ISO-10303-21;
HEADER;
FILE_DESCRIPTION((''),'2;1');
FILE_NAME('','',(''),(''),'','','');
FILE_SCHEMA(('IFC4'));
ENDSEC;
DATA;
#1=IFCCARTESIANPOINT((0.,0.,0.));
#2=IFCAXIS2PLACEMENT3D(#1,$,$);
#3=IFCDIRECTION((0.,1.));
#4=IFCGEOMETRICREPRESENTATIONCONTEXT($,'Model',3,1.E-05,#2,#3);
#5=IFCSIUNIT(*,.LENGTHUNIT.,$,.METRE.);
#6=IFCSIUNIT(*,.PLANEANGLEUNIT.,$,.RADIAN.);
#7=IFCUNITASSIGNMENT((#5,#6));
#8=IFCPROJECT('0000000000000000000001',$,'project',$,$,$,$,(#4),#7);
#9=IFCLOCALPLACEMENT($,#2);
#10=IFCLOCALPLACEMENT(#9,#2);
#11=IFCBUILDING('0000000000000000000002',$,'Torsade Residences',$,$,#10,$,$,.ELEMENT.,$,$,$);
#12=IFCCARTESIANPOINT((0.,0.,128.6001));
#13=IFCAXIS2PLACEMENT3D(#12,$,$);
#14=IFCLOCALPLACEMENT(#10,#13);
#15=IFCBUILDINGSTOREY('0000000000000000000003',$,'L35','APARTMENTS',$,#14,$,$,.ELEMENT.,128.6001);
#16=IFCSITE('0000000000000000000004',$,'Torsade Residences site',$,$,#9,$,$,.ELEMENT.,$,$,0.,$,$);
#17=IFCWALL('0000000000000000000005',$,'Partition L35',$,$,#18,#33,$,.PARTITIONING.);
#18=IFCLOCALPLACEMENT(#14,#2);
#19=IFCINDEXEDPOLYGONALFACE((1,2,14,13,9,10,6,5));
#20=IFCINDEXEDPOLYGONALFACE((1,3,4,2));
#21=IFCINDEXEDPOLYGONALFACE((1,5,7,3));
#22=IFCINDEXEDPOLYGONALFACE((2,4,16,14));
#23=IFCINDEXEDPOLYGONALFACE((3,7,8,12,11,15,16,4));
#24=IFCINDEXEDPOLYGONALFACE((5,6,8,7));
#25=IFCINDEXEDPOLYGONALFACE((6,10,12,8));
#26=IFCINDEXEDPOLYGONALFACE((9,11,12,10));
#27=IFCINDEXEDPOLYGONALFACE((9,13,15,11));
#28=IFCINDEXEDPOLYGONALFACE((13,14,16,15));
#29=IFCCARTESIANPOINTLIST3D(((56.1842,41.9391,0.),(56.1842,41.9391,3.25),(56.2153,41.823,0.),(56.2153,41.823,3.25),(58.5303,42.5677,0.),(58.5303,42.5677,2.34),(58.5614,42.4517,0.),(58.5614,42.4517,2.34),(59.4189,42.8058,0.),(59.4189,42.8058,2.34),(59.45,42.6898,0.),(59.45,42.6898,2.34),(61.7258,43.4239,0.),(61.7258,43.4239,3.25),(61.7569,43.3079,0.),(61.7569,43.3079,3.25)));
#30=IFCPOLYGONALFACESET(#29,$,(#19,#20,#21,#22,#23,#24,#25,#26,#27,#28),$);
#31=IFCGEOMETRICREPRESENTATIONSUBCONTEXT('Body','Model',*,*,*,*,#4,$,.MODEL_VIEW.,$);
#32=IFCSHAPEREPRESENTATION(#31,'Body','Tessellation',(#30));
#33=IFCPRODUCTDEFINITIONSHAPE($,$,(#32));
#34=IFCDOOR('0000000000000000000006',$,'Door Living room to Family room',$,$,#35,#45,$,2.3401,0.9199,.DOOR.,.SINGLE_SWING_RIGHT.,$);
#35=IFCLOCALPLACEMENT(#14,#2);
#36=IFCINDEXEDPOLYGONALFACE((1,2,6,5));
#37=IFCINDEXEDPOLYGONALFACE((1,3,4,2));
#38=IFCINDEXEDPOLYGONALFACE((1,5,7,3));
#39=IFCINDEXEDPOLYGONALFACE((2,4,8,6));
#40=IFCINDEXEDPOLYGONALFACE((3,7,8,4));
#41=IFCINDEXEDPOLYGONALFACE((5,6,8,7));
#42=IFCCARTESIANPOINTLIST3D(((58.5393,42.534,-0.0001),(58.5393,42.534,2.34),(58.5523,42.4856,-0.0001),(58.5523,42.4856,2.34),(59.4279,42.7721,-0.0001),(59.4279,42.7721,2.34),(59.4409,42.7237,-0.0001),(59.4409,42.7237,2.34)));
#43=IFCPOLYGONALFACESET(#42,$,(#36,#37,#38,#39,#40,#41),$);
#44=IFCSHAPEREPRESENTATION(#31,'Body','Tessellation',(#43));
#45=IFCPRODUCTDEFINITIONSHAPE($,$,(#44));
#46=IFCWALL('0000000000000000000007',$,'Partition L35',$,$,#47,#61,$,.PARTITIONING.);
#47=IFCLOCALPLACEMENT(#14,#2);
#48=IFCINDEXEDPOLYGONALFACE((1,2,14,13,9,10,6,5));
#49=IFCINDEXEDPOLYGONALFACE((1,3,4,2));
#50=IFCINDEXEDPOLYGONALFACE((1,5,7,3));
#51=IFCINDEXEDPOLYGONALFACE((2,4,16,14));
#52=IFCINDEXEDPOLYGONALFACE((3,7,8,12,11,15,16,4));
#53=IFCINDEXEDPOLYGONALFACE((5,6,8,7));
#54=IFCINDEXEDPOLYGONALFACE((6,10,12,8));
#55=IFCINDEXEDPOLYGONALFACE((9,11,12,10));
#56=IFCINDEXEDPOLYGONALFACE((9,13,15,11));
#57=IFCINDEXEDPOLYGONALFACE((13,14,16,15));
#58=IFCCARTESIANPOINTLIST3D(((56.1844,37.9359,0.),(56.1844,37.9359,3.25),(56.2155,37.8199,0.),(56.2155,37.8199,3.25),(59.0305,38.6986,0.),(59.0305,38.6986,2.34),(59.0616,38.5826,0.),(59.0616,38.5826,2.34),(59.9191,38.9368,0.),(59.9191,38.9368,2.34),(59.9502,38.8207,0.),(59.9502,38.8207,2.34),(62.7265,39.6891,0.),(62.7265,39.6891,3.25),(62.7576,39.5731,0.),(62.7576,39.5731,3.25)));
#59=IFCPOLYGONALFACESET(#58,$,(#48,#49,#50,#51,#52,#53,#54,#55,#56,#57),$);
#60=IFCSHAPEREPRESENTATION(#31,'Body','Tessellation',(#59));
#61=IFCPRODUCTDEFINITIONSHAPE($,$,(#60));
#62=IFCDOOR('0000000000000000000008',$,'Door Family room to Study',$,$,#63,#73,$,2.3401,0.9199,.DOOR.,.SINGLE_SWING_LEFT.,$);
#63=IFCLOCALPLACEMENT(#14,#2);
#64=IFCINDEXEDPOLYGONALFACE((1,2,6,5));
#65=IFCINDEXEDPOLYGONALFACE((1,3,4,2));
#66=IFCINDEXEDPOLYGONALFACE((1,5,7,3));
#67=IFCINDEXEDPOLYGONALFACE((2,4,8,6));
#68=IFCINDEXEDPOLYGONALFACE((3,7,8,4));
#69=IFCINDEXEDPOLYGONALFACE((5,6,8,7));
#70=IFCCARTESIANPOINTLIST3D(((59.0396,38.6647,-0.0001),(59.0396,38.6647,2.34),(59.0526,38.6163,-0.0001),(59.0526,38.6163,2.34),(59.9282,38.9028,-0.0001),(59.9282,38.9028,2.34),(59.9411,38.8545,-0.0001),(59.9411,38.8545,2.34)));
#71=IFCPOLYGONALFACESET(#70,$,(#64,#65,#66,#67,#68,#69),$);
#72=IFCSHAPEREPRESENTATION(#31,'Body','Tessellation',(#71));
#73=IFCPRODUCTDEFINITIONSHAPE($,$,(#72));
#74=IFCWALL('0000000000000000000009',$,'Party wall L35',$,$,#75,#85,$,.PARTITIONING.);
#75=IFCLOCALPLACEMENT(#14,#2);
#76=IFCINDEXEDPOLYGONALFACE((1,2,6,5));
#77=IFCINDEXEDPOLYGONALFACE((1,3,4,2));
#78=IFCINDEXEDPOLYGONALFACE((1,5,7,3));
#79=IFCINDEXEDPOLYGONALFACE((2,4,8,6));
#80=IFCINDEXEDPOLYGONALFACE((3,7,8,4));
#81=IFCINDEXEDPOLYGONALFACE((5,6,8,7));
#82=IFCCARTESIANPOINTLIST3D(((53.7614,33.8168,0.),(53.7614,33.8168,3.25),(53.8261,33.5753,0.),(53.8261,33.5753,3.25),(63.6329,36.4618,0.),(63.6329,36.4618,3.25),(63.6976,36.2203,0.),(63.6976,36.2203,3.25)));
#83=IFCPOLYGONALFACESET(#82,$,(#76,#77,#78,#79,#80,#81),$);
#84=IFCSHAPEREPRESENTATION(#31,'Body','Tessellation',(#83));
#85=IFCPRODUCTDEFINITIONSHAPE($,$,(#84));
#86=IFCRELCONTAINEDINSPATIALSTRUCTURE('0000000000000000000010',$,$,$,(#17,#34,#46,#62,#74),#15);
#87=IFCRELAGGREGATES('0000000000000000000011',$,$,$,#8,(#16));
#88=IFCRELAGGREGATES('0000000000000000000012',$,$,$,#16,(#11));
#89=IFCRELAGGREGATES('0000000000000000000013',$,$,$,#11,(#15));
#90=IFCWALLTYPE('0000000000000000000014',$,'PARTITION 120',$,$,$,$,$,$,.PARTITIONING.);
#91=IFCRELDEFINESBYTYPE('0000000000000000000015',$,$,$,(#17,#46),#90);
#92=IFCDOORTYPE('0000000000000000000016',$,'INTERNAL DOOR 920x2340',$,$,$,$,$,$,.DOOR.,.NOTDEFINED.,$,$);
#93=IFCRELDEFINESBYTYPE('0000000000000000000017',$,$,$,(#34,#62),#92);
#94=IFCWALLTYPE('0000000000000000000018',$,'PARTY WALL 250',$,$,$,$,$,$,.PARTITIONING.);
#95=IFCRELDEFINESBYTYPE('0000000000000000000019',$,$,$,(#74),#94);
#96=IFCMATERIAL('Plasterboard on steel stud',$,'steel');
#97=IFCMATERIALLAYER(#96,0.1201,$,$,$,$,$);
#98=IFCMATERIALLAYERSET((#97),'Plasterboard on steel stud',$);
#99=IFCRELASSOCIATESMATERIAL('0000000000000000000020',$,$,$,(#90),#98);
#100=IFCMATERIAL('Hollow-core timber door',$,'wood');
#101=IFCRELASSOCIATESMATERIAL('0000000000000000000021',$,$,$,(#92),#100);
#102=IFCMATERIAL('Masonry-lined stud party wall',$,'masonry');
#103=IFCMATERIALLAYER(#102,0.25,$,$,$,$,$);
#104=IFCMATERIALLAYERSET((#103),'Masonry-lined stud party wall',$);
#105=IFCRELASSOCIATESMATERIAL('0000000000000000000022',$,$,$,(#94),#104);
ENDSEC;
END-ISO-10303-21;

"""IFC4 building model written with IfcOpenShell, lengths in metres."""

from ifc_helpers import new_model, si_unit, direction, frame, frame_2d, origin, place, context, subcontext, project, spatial, rectangle, extrude, material, layer, layer_set, type_object, element, fill, save


model = new_model("IFC4")

# Units and contexts
model_context = context("Model", 3, precision=1e-05, world=origin(), true_north=direction((0.0, 1.0)))
body_context = subcontext(model_context, "Body", "Model", "MODEL_VIEW")
ifc_project = project(units=[si_unit("LENGTHUNIT", "METRE"), si_unit("PLANEANGLEUNIT", "RADIAN")], contexts=[model_context])

# Site, building, storey
site_placement = place(None, origin())
site = spatial("IfcSite", under=ifc_project, at=site_placement, Name="Torsade Residences site", CompositionType="ELEMENT", RefElevation=0.0)
building_placement = place(site_placement, origin())
building = spatial("IfcBuilding", under=site, at=building_placement, Name="Torsade Residences", CompositionType="ELEMENT")
storey_placement = place(building_placement, frame((0.0, 0.0, 128.6001)))
storey = spatial("IfcBuildingStorey", under=building, at=storey_placement, Name="L35", Description="APARTMENTS", CompositionType="ELEMENT", Elevation=128.6001)

# Walls, openings, doors
ifc_material_1 = material(Name="Plasterboard on steel stud", Category="steel")
ifc_layer_1 = layer(ifc_material_1, 0.1201)
ifc_layer_set_1 = layer_set([ifc_layer_1], Name="Plasterboard on steel stud")
wall_type_1 = type_object("IfcWallType", Name="PARTITION 120", PredefinedType="PARTITIONING", material=ifc_layer_set_1)
wall_1_placement = place(storey_placement, frame((61.7415, 43.366, 0.0), z_axis=(0.0, 0.0, 1.0), x_axis=(-0.965925, -0.258823, 0.0)))
wall_1 = element("IfcWall", 1, at=wall_1_placement, inside=storey, type_object=wall_type_1, Name="Partition L35", PredefinedType="PARTITIONING", context=body_context, shape_type="SweptSolid", body=[
    extrude(rectangle(XDim=5.7371, YDim=0.1201, at=frame_2d((2.8687, 0.0))), origin(), (0.0, 0.0, 1.0), 3.25),
])
opening_1_placement = place(wall_1_placement, frame((2.3884, 0.0, 0.0)))
opening_1 = element("IfcOpeningElement", 2, at=opening_1_placement, cuts=wall_1, PredefinedType="OPENING", context=body_context, shape_type="SweptSolid", body=[
    extrude(rectangle(XDim=0.9199, YDim=2.3401, at=frame_2d((0.46, 1.1699))), frame((0.0, 0.0701, 0.0), z_axis=(0.0, -1.0, 0.0), x_axis=(1.0, 0.0, 0.0)), (0.0, 0.0, 1.0), 0.1401),
])
ifc_material_2 = material(Name="Hollow-core timber door", Category="wood")
door_type_1 = type_object("IfcDoorType", Name="INTERNAL DOOR 920x2340", OperationType="NOTDEFINED", PredefinedType="DOOR", material=ifc_material_2)
door_1_placement = place(opening_1_placement, origin())
door_1 = element("IfcDoor", 3, at=door_1_placement, inside=storey, type_object=door_type_1, Name="Door Living room to Family room", OperationType="SINGLE_SWING_RIGHT", OverallHeight=2.3401, OverallWidth=0.9199, PredefinedType="DOOR", context=body_context, shape_type="SweptSolid", body=[
    extrude(rectangle(XDim=0.9199, YDim=2.3401, at=frame_2d((0.46, 1.1699))), frame((0.0, 0.0249, 0.0), z_axis=(0.0, -1.0, 0.0), x_axis=(1.0, 0.0, 0.0)), (0.0, 0.0, 1.0), 0.05),
])
fill(opening_1, door_1)
wall_2_placement = place(storey_placement, frame((56.2, 37.8779, 0.0), z_axis=(0.0, 0.0, 1.0), x_axis=(0.965919, 0.258845, 0.0)))
wall_2 = element("IfcWall", 4, at=wall_2_placement, inside=storey, type_object=wall_type_1, Name="Partition L35", PredefinedType="PARTITIONING", context=body_context, shape_type="SweptSolid", body=[
    extrude(rectangle(XDim=6.7729, YDim=0.1201, at=frame_2d((3.3865, 0.0))), origin(), (0.0, 0.0, 1.0), 3.25),
])
opening_2_placement = place(wall_2_placement, frame((2.9465, 0.0, 0.0)))
opening_2 = element("IfcOpeningElement", 5, at=opening_2_placement, cuts=wall_2, PredefinedType="OPENING", context=body_context, shape_type="SweptSolid", body=[
    extrude(rectangle(XDim=0.9199, YDim=2.3401, at=frame_2d((0.46, 1.1699))), frame((0.0, 0.0701, 0.0), z_axis=(0.0, -1.0, 0.0), x_axis=(1.0, 0.0, 0.0)), (0.0, 0.0, 1.0), 0.1401),
])
door_2_placement = place(opening_2_placement, origin())
door_2 = element("IfcDoor", 6, at=door_2_placement, inside=storey, type_object=door_type_1, Name="Door Family room to Study", OperationType="SINGLE_SWING_LEFT", OverallHeight=2.3401, OverallWidth=0.9199, PredefinedType="DOOR", context=body_context, shape_type="SweptSolid", body=[
    extrude(rectangle(XDim=0.9199, YDim=2.3401, at=frame_2d((0.46, 1.1699))), frame((0.0, 0.0249, 0.0), z_axis=(0.0, -1.0, 0.0), x_axis=(1.0, 0.0, 0.0)), (0.0, 0.0, 1.0), 0.05),
])
fill(opening_2, door_2)

# Wall
ifc_material_3 = material(Name="Masonry-lined stud party wall", Category="masonry")
ifc_layer_2 = layer(ifc_material_3, 0.25)
ifc_layer_set_2 = layer_set([ifc_layer_2], Name="Masonry-lined stud party wall")
wall_type_2 = type_object("IfcWallType", Name="PARTY WALL 250", PredefinedType="PARTITIONING", material=ifc_layer_set_2)
wall_3_placement = place(storey_placement, frame((63.6653, 36.3411, 0.0), z_axis=(0.0, 0.0, 1.0), x_axis=(-0.965927, -0.258813, 0.0)))
element("IfcWall", 7, at=wall_3_placement, inside=storey, type_object=wall_type_2, Name="Party wall L35", PredefinedType="PARTITIONING", context=body_context, shape_type="SweptSolid", body=[
    extrude(rectangle(XDim=10.2197, YDim=0.25, at=frame_2d((5.1099, 0.0))), origin(), (0.0, 0.0, 1.0), 3.25),
])

save(model, "model.ifc")
